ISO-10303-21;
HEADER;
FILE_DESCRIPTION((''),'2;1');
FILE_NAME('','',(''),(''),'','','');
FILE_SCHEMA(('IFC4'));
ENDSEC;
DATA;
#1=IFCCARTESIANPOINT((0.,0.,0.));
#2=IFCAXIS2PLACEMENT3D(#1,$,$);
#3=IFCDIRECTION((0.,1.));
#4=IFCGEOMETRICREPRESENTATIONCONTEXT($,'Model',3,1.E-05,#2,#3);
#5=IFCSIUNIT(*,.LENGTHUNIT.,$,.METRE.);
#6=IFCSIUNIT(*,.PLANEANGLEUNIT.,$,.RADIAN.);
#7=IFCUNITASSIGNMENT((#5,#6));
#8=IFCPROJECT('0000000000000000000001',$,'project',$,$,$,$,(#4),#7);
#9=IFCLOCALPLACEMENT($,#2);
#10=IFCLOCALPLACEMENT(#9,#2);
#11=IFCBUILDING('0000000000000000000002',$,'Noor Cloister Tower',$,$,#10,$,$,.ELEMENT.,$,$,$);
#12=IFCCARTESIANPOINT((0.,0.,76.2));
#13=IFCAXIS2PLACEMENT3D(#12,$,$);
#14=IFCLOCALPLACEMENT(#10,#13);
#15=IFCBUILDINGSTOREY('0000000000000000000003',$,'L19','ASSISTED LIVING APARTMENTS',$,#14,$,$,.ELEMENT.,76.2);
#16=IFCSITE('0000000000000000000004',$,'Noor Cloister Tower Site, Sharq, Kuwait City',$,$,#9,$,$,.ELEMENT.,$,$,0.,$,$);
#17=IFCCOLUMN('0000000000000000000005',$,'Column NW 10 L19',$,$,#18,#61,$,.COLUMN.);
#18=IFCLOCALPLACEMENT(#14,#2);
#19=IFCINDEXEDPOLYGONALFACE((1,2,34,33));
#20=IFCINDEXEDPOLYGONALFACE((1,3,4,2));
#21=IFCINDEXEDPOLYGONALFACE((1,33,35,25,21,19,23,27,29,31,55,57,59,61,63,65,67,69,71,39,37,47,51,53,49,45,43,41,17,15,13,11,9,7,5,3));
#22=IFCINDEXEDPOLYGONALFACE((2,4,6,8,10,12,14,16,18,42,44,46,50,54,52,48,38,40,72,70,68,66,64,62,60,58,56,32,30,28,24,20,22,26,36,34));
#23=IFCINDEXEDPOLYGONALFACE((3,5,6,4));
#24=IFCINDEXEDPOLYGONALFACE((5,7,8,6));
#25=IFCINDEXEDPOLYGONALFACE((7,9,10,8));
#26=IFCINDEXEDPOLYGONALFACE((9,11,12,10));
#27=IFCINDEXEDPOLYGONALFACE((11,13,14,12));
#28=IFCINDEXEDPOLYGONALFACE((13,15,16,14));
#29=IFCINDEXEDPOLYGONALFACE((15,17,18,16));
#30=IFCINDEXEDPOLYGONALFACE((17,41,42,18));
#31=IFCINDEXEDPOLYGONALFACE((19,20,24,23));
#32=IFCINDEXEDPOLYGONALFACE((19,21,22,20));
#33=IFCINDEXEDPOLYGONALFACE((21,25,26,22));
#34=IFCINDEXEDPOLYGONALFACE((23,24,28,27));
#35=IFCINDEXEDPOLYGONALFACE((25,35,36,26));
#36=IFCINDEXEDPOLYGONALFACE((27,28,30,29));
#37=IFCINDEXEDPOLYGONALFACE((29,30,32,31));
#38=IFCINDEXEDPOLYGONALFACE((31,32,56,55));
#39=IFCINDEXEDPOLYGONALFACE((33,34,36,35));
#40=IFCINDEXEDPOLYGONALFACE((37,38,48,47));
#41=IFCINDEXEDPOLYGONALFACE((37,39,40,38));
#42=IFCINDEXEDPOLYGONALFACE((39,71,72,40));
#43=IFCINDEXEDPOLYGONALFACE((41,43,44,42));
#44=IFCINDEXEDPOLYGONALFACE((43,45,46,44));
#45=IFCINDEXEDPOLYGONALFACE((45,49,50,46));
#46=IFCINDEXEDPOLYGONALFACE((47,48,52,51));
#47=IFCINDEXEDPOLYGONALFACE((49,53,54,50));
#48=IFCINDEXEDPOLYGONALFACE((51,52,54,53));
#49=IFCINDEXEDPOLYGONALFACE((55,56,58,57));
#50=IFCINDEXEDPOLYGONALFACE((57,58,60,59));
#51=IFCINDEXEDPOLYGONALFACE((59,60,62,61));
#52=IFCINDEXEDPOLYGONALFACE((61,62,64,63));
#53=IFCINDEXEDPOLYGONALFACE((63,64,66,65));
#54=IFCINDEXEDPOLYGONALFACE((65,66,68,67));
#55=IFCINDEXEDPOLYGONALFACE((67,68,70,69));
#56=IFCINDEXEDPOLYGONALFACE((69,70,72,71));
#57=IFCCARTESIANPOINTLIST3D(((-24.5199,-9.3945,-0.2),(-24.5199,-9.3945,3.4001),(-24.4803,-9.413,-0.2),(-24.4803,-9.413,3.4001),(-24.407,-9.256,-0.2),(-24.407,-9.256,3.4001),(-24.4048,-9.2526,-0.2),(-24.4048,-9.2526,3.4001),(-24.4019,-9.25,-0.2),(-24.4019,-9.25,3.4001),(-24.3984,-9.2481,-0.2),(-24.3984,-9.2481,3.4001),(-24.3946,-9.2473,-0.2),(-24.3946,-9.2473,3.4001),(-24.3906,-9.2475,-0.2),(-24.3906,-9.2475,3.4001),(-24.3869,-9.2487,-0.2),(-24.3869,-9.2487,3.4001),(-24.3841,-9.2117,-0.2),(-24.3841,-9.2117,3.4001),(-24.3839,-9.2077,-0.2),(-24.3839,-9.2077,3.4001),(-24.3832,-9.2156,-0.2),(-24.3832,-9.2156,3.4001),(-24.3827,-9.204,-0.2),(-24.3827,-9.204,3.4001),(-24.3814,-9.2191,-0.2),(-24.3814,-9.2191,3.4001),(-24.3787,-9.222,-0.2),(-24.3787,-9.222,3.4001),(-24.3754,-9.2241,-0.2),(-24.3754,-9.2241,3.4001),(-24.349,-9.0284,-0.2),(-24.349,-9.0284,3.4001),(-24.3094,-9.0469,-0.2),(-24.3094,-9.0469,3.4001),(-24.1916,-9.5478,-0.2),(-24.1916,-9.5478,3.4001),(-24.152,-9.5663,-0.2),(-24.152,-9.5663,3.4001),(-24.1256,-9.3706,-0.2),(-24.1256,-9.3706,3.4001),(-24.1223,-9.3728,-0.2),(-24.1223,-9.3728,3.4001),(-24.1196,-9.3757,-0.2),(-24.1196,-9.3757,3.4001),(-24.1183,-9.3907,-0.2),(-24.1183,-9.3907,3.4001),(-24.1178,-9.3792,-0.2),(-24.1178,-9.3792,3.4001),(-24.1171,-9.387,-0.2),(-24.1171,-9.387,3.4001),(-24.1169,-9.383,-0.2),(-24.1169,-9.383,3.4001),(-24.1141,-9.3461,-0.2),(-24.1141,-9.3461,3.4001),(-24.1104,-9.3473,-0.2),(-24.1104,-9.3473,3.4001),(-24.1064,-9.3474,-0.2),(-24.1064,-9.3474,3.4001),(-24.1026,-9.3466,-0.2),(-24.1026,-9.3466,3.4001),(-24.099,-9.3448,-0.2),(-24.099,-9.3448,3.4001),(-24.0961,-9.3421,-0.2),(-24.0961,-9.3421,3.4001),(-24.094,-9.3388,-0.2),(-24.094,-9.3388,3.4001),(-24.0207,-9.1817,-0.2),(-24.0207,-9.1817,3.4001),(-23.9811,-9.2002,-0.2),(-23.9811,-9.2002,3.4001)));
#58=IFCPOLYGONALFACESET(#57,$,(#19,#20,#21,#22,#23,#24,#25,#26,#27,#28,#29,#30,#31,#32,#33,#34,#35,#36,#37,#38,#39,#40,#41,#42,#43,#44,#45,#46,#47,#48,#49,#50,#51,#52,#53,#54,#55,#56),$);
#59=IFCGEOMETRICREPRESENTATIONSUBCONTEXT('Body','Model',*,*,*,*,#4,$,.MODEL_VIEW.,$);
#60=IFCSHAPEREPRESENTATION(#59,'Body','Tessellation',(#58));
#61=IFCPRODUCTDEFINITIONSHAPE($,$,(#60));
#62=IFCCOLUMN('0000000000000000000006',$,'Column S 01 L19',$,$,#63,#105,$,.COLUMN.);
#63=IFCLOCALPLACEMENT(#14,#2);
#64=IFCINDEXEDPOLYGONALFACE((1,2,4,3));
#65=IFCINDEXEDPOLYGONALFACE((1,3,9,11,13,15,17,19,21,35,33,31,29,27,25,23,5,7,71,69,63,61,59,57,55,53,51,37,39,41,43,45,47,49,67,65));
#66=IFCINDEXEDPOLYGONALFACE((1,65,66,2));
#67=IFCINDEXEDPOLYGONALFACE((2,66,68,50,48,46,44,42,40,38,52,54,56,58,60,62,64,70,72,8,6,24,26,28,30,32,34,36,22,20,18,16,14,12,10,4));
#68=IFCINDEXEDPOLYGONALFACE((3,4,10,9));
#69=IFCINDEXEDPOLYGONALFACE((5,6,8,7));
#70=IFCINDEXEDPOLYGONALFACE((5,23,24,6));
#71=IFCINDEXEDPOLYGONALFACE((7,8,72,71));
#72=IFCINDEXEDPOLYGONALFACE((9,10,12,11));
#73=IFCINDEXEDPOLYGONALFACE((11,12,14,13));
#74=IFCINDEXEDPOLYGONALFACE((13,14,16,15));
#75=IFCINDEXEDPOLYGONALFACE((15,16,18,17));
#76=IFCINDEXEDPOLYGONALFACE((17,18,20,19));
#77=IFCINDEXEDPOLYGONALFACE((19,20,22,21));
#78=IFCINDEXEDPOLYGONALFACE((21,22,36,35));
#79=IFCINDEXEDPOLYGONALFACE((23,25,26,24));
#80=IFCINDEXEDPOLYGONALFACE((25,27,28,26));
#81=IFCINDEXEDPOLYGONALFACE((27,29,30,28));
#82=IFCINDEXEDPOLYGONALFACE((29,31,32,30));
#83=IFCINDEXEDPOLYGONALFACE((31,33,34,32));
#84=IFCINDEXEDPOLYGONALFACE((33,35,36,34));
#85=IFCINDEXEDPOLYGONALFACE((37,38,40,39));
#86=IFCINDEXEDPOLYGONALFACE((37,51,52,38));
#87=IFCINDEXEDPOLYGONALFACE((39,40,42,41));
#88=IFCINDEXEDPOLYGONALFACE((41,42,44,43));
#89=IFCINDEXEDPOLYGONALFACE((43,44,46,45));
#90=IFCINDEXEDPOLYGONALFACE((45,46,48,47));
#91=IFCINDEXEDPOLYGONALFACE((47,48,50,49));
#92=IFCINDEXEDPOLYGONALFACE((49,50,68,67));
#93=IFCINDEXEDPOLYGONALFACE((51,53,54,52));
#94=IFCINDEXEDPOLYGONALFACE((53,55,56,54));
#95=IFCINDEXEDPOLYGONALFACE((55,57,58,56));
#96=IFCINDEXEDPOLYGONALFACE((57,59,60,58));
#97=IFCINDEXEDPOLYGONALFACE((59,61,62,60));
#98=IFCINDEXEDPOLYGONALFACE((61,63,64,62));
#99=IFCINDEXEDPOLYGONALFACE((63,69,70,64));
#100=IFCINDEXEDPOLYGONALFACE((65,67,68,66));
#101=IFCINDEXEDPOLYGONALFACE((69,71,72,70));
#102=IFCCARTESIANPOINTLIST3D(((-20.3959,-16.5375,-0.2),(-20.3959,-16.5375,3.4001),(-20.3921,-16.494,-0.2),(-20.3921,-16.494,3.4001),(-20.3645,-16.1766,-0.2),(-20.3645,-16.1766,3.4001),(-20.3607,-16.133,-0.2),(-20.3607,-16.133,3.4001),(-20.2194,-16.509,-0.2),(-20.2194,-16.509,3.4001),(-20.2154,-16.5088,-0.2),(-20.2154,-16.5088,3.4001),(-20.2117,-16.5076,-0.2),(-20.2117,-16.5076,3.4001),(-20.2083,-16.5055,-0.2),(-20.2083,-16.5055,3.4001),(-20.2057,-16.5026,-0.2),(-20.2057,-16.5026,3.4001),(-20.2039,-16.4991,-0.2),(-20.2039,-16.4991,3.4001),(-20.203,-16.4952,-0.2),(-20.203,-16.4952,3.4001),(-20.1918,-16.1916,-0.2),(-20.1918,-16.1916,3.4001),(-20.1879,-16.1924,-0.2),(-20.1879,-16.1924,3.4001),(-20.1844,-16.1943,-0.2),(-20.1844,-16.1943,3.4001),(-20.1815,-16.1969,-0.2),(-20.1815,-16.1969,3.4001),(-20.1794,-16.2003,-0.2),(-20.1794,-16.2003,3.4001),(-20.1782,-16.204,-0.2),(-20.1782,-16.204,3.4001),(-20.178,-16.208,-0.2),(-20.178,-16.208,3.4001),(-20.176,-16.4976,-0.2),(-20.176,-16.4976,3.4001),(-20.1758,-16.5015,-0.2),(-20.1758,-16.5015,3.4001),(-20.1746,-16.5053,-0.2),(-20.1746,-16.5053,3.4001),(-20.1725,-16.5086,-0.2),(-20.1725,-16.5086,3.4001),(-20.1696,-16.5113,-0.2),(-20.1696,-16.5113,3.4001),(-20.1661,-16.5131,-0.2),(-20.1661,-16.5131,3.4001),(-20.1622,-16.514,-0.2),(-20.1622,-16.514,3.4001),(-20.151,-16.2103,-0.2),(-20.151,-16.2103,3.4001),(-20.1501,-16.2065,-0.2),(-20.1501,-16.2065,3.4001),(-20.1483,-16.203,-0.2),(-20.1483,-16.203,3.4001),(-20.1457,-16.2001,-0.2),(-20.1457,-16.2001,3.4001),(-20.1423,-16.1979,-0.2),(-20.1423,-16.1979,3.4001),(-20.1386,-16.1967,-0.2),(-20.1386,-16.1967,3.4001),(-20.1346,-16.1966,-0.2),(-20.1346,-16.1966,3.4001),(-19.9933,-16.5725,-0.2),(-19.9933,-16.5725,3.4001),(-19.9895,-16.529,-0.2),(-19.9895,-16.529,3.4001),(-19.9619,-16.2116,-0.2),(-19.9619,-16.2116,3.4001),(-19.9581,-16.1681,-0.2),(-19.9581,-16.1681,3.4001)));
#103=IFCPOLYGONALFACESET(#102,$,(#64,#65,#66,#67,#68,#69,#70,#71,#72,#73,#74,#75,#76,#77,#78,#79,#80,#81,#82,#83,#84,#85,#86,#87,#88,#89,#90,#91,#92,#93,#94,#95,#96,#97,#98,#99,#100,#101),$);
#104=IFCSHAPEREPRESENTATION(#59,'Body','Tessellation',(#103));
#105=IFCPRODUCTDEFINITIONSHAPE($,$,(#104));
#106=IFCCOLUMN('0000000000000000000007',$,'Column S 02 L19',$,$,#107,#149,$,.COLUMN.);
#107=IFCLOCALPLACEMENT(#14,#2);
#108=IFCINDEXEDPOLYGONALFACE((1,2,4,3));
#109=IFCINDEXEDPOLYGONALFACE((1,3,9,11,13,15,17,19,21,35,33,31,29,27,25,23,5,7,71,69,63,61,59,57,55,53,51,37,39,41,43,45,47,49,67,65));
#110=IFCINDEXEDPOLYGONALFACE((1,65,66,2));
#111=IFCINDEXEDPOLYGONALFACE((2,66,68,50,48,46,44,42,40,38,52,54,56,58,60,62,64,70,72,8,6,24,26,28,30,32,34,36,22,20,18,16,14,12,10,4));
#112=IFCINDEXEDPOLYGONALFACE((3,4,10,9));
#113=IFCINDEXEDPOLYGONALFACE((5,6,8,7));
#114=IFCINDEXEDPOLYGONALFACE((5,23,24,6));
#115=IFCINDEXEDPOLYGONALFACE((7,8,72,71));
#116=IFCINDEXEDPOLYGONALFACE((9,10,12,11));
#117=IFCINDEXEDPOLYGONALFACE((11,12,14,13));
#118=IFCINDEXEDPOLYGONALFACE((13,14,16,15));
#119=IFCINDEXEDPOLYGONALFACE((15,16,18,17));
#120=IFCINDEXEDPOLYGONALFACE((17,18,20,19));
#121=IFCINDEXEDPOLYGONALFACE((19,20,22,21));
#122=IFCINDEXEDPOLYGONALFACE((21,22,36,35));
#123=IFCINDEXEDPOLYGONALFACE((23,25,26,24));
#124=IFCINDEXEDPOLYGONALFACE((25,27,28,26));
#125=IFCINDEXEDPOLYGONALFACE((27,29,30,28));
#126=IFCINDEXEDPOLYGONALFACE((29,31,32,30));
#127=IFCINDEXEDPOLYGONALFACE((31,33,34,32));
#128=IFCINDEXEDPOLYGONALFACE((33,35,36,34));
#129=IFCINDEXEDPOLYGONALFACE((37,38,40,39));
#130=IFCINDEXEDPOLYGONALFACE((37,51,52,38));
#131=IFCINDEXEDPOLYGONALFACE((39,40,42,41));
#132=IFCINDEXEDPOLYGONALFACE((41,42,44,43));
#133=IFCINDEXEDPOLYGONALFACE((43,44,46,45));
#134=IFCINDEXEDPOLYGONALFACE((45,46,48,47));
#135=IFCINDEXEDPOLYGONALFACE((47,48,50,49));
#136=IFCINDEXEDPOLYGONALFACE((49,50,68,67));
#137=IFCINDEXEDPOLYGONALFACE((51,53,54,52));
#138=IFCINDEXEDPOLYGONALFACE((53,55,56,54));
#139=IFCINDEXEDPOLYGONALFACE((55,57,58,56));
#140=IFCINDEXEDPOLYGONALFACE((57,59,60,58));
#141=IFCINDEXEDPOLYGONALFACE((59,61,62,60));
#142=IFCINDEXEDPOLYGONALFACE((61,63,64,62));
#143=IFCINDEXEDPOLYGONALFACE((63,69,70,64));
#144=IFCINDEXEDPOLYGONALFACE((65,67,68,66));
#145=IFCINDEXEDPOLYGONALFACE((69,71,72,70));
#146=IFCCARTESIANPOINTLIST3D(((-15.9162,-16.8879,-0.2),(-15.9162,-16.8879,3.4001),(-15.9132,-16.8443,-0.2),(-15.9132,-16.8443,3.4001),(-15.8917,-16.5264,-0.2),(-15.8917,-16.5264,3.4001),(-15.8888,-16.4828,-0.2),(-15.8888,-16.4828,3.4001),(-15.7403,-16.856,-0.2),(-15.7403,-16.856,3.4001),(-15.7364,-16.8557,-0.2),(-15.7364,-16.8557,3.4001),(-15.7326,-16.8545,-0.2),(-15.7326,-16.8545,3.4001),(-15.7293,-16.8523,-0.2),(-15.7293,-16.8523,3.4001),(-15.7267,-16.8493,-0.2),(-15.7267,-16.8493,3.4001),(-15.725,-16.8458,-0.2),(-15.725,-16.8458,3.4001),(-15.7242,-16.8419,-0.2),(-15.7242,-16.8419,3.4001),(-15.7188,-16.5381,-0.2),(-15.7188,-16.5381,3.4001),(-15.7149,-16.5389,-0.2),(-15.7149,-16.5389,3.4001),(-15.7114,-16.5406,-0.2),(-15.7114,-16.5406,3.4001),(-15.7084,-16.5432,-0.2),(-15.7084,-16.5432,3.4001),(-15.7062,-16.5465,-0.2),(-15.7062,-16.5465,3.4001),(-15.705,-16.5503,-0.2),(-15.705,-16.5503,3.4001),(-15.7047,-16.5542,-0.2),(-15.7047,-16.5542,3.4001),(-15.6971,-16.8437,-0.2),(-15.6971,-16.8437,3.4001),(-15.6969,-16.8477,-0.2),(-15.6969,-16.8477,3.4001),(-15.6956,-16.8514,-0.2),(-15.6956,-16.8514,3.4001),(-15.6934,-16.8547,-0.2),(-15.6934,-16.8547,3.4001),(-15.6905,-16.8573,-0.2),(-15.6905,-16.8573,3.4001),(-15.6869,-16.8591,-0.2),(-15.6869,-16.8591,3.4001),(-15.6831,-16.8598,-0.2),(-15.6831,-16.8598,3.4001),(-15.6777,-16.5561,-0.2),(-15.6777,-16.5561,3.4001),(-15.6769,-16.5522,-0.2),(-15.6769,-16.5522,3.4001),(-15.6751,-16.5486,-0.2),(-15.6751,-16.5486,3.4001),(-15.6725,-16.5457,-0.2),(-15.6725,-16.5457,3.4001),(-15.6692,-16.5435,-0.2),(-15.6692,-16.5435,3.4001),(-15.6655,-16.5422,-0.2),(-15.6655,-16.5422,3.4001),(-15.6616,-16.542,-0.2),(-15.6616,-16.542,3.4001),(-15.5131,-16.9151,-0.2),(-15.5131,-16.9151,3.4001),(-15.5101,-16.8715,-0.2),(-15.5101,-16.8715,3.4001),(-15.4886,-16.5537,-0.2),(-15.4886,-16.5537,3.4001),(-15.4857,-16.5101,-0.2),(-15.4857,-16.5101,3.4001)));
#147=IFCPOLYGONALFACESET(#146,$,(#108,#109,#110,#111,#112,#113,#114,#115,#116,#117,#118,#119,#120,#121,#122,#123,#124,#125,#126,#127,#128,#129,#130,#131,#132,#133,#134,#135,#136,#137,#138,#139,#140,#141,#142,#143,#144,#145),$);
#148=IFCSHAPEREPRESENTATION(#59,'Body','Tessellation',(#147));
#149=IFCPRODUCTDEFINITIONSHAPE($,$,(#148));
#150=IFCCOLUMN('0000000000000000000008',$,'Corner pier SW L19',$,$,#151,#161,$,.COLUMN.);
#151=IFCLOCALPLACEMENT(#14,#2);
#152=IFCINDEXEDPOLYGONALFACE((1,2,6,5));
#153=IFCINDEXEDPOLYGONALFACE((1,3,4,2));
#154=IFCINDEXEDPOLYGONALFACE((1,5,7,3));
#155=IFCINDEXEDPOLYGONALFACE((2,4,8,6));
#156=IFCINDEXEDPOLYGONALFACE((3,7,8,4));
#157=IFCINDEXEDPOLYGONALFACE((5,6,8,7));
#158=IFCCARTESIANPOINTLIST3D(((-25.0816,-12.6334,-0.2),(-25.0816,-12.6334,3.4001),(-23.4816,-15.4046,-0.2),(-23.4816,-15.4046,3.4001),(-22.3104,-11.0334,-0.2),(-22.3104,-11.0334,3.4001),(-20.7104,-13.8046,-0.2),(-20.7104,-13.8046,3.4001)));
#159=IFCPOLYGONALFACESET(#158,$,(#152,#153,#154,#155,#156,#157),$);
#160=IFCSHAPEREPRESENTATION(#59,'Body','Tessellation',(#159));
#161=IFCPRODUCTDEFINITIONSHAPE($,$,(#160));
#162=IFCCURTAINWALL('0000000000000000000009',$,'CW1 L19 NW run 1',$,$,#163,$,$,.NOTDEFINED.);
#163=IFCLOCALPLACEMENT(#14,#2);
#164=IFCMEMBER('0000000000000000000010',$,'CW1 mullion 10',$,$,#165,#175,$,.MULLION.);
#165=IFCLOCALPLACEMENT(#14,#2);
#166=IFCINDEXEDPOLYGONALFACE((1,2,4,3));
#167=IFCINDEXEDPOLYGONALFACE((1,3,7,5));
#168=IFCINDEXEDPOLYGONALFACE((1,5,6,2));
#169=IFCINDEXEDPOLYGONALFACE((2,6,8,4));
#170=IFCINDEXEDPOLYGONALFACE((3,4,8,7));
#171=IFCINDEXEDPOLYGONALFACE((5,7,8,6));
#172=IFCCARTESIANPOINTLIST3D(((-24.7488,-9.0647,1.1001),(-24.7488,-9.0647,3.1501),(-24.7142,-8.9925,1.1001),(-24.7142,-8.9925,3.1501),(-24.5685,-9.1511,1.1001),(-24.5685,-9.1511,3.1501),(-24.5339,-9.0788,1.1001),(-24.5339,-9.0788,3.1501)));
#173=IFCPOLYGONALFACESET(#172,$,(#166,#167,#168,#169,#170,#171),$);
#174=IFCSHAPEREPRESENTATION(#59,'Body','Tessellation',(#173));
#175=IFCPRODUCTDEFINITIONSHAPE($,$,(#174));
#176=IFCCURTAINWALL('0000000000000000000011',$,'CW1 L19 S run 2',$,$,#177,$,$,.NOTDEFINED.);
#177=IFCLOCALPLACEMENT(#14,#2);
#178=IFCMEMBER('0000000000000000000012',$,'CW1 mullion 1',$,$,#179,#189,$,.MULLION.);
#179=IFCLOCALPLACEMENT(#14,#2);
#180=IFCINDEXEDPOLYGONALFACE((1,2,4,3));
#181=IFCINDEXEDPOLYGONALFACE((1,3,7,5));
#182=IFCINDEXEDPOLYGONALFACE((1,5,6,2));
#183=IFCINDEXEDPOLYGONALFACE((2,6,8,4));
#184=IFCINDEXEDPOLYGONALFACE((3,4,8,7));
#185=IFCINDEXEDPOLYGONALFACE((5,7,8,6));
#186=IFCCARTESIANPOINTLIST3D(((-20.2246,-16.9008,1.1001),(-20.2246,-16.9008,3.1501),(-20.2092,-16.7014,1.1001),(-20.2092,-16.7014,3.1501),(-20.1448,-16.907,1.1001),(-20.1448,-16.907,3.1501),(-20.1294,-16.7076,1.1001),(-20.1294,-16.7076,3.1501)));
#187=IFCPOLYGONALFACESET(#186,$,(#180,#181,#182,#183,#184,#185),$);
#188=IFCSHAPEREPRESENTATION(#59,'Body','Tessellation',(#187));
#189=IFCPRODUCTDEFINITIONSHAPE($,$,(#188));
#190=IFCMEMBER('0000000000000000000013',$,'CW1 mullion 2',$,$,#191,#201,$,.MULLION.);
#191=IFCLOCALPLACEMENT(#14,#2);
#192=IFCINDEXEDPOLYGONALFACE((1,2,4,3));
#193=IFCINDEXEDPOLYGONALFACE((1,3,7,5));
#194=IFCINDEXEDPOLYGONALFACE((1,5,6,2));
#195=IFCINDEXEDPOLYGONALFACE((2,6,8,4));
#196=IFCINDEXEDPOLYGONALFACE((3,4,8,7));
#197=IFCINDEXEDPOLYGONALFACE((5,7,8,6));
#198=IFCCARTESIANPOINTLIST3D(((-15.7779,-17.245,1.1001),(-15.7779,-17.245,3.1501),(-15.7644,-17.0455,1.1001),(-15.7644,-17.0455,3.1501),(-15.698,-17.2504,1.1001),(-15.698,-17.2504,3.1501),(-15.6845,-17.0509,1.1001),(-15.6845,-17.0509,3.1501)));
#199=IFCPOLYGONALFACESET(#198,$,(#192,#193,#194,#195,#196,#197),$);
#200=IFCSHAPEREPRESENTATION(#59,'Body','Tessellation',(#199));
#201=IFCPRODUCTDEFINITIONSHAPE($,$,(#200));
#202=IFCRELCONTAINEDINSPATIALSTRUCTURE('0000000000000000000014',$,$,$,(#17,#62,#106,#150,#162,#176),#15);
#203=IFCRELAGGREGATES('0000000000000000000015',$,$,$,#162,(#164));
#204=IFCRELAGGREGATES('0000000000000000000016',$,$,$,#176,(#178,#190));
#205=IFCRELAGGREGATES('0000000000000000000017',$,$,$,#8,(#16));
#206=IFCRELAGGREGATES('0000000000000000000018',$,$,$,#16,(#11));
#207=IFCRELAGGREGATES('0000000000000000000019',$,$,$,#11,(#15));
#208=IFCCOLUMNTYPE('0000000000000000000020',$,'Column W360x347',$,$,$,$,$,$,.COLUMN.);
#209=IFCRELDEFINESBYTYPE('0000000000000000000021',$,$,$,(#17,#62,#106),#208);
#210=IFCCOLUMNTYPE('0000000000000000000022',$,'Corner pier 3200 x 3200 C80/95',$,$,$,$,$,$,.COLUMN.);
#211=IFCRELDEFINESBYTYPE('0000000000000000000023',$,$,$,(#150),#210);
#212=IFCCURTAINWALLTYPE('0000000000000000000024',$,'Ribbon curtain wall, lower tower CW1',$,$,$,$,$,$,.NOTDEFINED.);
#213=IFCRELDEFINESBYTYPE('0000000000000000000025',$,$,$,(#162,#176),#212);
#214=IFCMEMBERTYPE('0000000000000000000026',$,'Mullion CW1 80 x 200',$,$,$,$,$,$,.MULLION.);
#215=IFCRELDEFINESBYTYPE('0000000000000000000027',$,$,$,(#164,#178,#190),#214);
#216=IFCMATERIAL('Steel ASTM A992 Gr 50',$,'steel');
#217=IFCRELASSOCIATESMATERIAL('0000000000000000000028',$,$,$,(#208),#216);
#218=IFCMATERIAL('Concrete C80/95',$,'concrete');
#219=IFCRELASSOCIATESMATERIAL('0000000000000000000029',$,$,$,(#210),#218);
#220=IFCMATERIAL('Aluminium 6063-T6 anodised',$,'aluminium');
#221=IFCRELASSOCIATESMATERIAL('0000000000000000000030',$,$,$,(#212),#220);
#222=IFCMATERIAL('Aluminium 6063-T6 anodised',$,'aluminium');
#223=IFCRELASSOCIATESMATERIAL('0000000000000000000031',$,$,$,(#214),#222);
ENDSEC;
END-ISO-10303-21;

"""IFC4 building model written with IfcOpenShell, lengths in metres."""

from ifc_helpers import new_model, si_unit, direction, frame, origin, origin_2d, place, context, subcontext, project, spatial, rectangle, i_section, extrude, material, material_profile, profile_set, type_object, element, aggregate, save


model = new_model("IFC4")

# Units and contexts
model_context = context("Model", 3, precision=1e-05, world=origin(), true_north=direction((0.0, 1.0)))
body_context = subcontext(model_context, "Body", "Model", "MODEL_VIEW")
ifc_project = project(units=[si_unit("LENGTHUNIT", "METRE"), si_unit("PLANEANGLEUNIT", "RADIAN")], contexts=[model_context])

# Site, building, storey
site_placement = place(None, origin())
site = spatial("IfcSite", under=ifc_project, at=site_placement, Name="Noor Cloister Tower Site, Sharq, Kuwait City", CompositionType="ELEMENT", RefElevation=0.0)
building_placement = place(site_placement, origin())
building = spatial("IfcBuilding", under=site, at=building_placement, Name="Noor Cloister Tower", CompositionType="ELEMENT")
storey_placement = place(building_placement, frame((0.0, 0.0, 76.2)))
storey = spatial("IfcBuildingStorey", under=building, at=storey_placement, Name="L19", Description="ASSISTED LIVING APARTMENTS", CompositionType="ELEMENT", Elevation=76.2)

# Columns
ifc_material_1 = material(Name="Steel ASTM A992 Gr 50", Category="steel")
ifc_material_profile_1 = material_profile(ifc_material_1, i_section(OverallWidth=0.4041, OverallDepth=0.406, WebThickness=0.0271, FlangeThickness=0.0437, FilletRadius=0.0151, at=origin_2d()), Name="W360x347")
ifc_profile_set_1 = profile_set([ifc_material_profile_1], Name="Steel ASTM A992 Gr 50")
column_type_1 = type_object("IfcColumnType", Name="Column W360x347", PredefinedType="COLUMN", material=ifc_profile_set_1)
for number, where, z_axis, x_axis, name in (
    (1, (-24.2505, -9.2974, -0.2), (0.0, 0.0, 1.0), (-0.423027, -0.906117, 0.0), "Column NW 10 L19"),
    (2, (-20.177, -16.3528, -0.2), (0.0, 0.0, 1.0), (0.996234, -0.086706, 0.0), "Column S 01 L19"),
    (3, (-15.7009, -16.699, -0.2), (0.0, 0.0, 1.0), (0.997721, -0.067472, 0.0), "Column S 02 L19"),
):
    element("IfcColumn", number, at=place(storey_placement, frame(where, z_axis=z_axis, x_axis=x_axis)), inside=storey, type_object=column_type_1, Name=name, PredefinedType="COLUMN", context=body_context, shape_type="SweptSolid", body=[
        extrude(i_section(OverallWidth=0.4041, OverallDepth=0.406, WebThickness=0.0271, FlangeThickness=0.0437, FilletRadius=0.0151, at=origin_2d()), origin(), (0.0, 0.0, 1.0), 3.6001),
    ])
ifc_material_2 = material(Name="Concrete C80/95", Category="concrete")
ifc_material_profile_2 = material_profile(ifc_material_2, rectangle(XDim=3.2, YDim=3.2, at=origin_2d()), Name="RC 3200x3200")
ifc_profile_set_2 = profile_set([ifc_material_profile_2], Name="Concrete C80/95")
column_type_2 = type_object("IfcColumnType", Name="Corner pier 3200 x 3200 C80/95", PredefinedType="COLUMN", material=ifc_profile_set_2)
column_placement = place(storey_placement, frame((-22.896, -13.219, -0.2), z_axis=(0.0, 0.0, 1.0), x_axis=(-0.866025, -0.5, 0.0)))
element("IfcColumn", 4, at=column_placement, inside=storey, type_object=column_type_2, Name="Corner pier SW L19", PredefinedType="COLUMN", context=body_context, shape_type="SweptSolid", body=[
    extrude(rectangle(XDim=3.2, YDim=3.2, at=origin_2d()), origin(), (0.0, 0.0, 1.0), 3.6001),
])

# Curtain wall, member
ifc_material_3 = material(Name="Aluminium 6063-T6 anodised", Category="aluminium")
curtain_wall_type = type_object("IfcCurtainWallType", Name="Ribbon curtain wall, lower tower CW1", PredefinedType="NOTDEFINED", material=ifc_material_3)
curtain_wall_1_placement = place(storey_placement, origin())
curtain_wall_1 = element("IfcCurtainWall", 5, at=curtain_wall_1_placement, inside=storey, type_object=curtain_wall_type, Name="CW1 L19 NW run 1", PredefinedType="NOTDEFINED")
ifc_material_4 = material(Name="Aluminium 6063-T6 anodised", Category="aluminium")
ifc_material_profile_3 = material_profile(ifc_material_4, rectangle(XDim=0.2, YDim=0.0801, at=origin_2d()), Name="200 x 80 mullion")
ifc_profile_set_3 = profile_set([ifc_material_profile_3], Name="Aluminium 6063-T6 anodised")
member_type = type_object("IfcMemberType", Name="Mullion CW1 80 x 200", PredefinedType="MULLION", material=ifc_profile_set_3)
member_1_placement = place(storey_placement, frame((-24.6414, -9.0718, 1.1001), z_axis=(0.0, 0.0, 1.0), x_axis=(0.901994, -0.431748, 0.0)))
member_1 = element("IfcMember", 6, at=member_1_placement, type_object=member_type, Name="CW1 mullion 10", PredefinedType="MULLION", context=body_context, shape_type="SweptSolid", body=[
    extrude(rectangle(XDim=0.2, YDim=0.0801, at=origin_2d()), origin(), (0.0, 0.0, 1.0), 2.05),
])

# Curtain wall, members
curtain_wall_2_placement = place(storey_placement, origin())
curtain_wall_2 = element("IfcCurtainWall", 7, at=curtain_wall_2_placement, inside=storey, type_object=curtain_wall_type, Name="CW1 L19 S run 2", PredefinedType="NOTDEFINED")
member_2_placement = place(storey_placement, frame((-20.177, -16.8042, 1.1001), z_axis=(0.0, 0.0, 1.0), x_axis=(0.077093, 0.997024, 0.0)))
member_2 = element("IfcMember", 8, at=member_2_placement, type_object=member_type, Name="CW1 mullion 1", PredefinedType="MULLION", context=body_context, shape_type="SweptSolid", body=[
    extrude(rectangle(XDim=0.2, YDim=0.0801, at=origin_2d()), origin(), (0.0, 0.0, 1.0), 2.05),
])
member_3_placement = place(storey_placement, frame((-15.7312, -17.1479, 1.1001), z_axis=(0.0, 0.0, 1.0), x_axis=(0.067472, 0.997721, 0.0)))
member_3 = element("IfcMember", 9, at=member_3_placement, type_object=member_type, Name="CW1 mullion 2", PredefinedType="MULLION", context=body_context, shape_type="SweptSolid", body=[
    extrude(rectangle(XDim=0.2, YDim=0.0801, at=origin_2d()), origin(), (0.0, 0.0, 1.0), 2.05),
])

aggregate(curtain_wall_1, [member_1])
aggregate(curtain_wall_2, [member_2, member_3])

save(model, "model.ifc")
